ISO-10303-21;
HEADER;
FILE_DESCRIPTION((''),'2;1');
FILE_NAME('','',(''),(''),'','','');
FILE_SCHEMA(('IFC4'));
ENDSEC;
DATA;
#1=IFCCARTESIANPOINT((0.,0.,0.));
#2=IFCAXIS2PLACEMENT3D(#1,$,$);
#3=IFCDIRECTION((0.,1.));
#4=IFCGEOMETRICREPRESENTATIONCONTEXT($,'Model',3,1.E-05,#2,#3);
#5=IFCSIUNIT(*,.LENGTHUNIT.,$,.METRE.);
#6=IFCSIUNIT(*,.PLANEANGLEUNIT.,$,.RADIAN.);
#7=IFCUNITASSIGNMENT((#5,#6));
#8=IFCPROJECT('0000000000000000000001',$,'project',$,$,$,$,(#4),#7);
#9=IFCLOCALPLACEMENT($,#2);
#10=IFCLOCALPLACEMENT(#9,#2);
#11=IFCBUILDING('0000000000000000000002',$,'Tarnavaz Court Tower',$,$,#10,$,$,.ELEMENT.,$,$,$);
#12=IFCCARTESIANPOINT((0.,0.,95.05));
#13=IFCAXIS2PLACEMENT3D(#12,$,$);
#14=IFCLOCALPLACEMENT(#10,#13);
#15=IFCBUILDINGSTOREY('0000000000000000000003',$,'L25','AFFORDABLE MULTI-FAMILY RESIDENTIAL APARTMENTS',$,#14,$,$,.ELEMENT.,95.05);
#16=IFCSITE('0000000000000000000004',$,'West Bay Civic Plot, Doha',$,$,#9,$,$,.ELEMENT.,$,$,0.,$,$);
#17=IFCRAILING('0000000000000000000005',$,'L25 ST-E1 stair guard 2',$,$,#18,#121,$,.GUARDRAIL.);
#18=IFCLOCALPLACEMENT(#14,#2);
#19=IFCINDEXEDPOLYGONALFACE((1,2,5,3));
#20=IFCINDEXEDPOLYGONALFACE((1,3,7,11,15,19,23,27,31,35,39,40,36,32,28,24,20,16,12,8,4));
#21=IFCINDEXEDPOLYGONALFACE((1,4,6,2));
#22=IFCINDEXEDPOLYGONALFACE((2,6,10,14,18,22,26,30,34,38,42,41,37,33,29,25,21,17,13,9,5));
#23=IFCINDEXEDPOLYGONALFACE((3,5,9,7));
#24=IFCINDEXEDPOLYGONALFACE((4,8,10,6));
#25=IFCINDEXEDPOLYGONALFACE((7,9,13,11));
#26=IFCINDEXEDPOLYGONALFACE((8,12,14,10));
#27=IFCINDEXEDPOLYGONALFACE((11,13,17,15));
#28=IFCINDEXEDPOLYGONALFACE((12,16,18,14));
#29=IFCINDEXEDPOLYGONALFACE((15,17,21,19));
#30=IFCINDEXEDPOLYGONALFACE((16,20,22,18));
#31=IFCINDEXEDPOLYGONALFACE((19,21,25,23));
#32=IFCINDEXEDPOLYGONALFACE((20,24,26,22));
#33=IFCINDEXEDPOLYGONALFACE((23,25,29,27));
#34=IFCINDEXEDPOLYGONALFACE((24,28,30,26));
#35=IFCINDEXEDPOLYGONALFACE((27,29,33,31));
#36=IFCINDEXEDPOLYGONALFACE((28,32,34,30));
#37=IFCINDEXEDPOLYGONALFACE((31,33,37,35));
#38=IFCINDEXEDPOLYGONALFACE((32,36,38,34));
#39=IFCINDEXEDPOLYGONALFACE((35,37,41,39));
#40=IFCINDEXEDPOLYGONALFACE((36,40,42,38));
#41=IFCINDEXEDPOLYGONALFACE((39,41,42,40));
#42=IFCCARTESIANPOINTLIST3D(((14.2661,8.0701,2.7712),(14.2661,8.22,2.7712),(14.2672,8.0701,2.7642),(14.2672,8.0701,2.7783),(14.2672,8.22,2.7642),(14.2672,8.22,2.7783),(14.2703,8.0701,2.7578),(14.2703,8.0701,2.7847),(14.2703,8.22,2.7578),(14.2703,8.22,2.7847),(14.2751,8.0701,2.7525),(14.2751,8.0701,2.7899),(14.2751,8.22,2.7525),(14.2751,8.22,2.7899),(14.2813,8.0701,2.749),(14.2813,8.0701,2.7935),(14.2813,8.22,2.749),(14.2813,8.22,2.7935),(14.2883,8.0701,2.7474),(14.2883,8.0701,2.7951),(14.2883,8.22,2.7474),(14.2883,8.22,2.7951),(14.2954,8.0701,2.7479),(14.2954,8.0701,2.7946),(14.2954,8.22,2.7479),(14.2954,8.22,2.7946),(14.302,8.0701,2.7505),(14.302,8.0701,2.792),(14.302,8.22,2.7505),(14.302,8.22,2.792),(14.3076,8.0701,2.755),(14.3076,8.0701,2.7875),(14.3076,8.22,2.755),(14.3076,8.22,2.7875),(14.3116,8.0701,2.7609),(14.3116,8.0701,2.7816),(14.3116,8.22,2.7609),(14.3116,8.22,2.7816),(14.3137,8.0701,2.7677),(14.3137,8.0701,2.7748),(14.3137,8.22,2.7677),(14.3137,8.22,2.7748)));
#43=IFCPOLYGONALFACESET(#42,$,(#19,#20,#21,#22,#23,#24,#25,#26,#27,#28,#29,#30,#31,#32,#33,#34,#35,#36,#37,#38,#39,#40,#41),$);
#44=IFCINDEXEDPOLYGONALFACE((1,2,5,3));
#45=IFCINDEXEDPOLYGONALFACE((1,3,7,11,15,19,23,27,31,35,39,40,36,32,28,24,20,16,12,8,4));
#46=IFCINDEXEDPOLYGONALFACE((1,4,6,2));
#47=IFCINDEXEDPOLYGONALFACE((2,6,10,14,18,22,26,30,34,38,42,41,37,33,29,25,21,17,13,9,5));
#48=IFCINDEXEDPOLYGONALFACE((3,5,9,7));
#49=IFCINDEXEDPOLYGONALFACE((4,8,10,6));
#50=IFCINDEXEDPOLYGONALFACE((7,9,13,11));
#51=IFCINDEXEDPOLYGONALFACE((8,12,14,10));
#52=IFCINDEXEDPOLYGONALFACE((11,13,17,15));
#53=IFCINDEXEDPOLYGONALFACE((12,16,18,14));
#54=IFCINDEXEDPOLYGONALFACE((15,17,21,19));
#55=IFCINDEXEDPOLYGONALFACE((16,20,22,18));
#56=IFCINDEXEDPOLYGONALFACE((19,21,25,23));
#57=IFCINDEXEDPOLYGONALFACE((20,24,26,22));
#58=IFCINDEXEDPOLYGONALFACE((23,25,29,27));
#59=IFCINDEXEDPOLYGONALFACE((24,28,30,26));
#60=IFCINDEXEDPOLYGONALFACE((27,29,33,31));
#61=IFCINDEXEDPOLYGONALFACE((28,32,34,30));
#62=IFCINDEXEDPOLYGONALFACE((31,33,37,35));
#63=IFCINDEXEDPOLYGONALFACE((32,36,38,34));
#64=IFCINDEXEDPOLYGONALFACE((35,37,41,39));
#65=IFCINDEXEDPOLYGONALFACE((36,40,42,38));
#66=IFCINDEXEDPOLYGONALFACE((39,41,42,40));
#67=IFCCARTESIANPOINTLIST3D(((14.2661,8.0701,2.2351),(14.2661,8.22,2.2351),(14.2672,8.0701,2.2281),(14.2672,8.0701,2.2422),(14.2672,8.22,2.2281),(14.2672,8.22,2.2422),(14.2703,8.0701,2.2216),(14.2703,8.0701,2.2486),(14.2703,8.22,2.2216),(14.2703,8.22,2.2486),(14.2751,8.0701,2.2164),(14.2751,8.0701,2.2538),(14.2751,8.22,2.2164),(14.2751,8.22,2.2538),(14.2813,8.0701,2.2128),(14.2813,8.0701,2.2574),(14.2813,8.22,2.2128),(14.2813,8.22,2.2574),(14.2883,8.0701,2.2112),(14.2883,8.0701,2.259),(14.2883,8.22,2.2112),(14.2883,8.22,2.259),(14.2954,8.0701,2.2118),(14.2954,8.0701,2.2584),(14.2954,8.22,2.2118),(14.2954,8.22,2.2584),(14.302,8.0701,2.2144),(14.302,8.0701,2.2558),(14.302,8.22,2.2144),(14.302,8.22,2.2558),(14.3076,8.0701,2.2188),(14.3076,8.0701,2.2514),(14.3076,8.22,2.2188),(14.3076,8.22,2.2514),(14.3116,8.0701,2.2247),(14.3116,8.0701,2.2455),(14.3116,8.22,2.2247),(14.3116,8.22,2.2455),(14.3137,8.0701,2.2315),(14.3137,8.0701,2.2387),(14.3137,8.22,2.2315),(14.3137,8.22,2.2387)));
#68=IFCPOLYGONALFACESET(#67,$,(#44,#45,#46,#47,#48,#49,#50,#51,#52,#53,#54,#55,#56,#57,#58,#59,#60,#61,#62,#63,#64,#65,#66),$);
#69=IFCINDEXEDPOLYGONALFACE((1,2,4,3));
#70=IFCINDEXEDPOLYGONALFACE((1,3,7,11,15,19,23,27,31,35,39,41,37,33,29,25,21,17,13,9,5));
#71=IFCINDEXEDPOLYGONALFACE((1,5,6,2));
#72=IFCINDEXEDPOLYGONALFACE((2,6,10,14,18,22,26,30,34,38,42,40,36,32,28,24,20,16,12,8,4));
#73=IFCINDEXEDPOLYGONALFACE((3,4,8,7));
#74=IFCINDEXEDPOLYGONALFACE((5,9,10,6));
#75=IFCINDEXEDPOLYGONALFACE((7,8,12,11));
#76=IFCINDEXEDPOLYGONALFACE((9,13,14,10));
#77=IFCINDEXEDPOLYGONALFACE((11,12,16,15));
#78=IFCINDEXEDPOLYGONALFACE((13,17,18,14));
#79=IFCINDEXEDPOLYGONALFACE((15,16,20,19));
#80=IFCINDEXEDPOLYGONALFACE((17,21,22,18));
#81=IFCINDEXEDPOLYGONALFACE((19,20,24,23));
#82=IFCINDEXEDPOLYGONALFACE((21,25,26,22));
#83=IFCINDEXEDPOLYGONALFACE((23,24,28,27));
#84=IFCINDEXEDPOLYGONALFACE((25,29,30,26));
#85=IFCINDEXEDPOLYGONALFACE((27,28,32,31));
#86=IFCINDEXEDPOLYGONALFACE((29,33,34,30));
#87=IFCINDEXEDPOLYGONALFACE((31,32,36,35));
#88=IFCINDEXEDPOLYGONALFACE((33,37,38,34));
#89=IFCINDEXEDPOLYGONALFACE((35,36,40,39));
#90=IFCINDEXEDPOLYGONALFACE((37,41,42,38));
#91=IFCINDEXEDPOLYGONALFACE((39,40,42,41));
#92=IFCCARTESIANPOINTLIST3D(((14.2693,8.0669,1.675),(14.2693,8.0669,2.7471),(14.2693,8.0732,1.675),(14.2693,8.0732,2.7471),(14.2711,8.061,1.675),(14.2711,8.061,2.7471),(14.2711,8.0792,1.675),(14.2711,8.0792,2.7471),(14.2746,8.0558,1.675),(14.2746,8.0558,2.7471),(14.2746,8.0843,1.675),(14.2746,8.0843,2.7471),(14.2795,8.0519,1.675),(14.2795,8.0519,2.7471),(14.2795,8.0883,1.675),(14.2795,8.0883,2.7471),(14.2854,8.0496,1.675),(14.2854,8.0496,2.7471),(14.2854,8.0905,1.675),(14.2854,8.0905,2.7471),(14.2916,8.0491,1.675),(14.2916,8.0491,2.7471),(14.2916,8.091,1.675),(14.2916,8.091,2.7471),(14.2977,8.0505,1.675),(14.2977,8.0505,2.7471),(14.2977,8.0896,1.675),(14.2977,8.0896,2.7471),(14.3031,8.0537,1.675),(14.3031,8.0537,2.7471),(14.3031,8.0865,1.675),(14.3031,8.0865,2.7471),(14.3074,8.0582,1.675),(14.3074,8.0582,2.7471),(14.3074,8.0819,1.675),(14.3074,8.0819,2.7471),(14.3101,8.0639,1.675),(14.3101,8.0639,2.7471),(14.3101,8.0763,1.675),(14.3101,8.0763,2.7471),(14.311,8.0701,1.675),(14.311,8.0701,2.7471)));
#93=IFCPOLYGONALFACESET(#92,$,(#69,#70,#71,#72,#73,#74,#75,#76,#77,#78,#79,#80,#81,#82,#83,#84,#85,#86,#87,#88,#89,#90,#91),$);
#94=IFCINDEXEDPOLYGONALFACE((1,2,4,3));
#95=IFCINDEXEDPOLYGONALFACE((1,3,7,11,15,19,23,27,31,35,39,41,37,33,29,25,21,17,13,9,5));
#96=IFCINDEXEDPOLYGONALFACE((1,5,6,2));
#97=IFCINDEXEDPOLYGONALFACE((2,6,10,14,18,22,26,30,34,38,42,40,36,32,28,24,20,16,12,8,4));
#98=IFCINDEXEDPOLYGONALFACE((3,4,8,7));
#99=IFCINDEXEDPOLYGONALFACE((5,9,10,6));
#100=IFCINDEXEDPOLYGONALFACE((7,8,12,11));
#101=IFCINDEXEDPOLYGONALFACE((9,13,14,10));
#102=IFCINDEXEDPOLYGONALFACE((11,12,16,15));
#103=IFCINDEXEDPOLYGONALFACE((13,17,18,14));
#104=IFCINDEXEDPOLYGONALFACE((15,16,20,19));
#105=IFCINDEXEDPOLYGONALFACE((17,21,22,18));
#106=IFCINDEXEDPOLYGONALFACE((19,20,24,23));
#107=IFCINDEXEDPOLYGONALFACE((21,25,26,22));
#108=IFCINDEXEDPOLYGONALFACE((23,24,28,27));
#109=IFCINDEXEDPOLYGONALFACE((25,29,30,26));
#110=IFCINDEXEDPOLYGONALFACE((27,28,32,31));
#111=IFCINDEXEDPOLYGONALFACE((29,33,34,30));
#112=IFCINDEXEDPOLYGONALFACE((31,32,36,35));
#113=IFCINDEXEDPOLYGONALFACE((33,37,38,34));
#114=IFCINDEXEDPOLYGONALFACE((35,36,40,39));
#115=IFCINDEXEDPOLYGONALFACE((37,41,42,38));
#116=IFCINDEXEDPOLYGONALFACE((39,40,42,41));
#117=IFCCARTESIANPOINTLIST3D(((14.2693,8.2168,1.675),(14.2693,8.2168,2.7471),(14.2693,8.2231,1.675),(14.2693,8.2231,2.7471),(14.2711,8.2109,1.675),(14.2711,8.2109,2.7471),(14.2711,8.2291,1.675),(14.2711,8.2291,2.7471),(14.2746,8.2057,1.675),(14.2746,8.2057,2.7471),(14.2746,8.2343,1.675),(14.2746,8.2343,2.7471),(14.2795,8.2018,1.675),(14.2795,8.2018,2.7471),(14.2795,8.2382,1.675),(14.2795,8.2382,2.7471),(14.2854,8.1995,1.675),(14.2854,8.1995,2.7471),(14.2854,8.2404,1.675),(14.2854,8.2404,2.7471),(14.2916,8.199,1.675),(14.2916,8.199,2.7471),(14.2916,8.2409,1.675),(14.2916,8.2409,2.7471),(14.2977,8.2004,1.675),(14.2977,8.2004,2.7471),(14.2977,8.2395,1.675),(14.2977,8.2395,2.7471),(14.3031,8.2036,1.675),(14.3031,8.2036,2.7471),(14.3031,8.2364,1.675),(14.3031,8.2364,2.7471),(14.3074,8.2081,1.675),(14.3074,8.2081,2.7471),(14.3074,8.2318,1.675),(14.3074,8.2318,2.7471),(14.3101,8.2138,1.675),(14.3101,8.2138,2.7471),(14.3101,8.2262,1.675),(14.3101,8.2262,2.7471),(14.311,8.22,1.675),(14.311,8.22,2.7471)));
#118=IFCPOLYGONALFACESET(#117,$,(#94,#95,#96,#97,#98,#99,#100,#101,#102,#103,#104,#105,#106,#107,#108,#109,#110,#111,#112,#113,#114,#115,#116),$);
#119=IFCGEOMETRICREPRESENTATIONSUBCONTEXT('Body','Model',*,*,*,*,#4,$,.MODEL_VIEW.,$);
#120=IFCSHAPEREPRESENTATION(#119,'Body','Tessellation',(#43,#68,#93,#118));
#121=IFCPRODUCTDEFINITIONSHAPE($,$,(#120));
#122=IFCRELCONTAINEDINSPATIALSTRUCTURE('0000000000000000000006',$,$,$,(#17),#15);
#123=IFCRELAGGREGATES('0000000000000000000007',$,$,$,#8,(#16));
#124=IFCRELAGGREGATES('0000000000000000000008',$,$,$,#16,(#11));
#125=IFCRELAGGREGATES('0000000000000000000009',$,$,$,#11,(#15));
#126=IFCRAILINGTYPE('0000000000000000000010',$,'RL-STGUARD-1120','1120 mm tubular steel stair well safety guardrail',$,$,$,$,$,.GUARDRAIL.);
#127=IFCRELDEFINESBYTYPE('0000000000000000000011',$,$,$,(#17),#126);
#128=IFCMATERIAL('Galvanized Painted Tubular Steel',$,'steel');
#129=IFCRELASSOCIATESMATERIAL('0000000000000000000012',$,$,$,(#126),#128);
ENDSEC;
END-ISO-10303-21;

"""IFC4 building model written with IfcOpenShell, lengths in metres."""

from ifc_helpers import new_model, si_unit, direction, frame, origin, origin_2d, place, context, subcontext, project, spatial, circle, extrude, material, type_object, element, save


model = new_model("IFC4")

# Units and contexts
model_context = context("Model", 3, precision=1e-05, world=origin(), true_north=direction((0.0, 1.0)))
body_context = subcontext(model_context, "Body", "Model", "MODEL_VIEW")
ifc_project = project(units=[si_unit("LENGTHUNIT", "METRE"), si_unit("PLANEANGLEUNIT", "RADIAN")], contexts=[model_context])

# Site, building, storey
site_placement = place(None, origin())
site = spatial("IfcSite", under=ifc_project, at=site_placement, Name="West Bay Civic Plot, Doha", CompositionType="ELEMENT", RefElevation=0.0)
building_placement = place(site_placement, origin())
building = spatial("IfcBuilding", under=site, at=building_placement, Name="Tarnavaz Court Tower", CompositionType="ELEMENT")
storey_placement = place(building_placement, frame((0.0, 0.0, 95.05)))
storey = spatial("IfcBuildingStorey", under=building, at=storey_placement, Name="L25", Description="AFFORDABLE MULTI-FAMILY RESIDENTIAL APARTMENTS", CompositionType="ELEMENT", Elevation=95.05)

# Railing
ifc_material_1 = material(Name="Galvanized Painted Tubular Steel", Category="steel")
railing_type_1 = type_object("IfcRailingType", Name="RL-STGUARD-1120", Description="1120 mm tubular steel stair well safety guardrail", PredefinedType="GUARDRAIL", material=ifc_material_1)
railing_1_placement = place(storey_placement, frame((14.29, 8.0701, 1.675)))
element("IfcRailing", 1, at=railing_1_placement, inside=storey, type_object=railing_type_1, Name="L25 ST-E1 stair guard 2", PredefinedType="GUARDRAIL", context=body_context, shape_type="SweptSolid", body=[
    extrude(circle(Radius=0.0239, at=origin_2d()), frame((0.0, 0.0, 1.0962), z_axis=(0.0, 1.0, 0.0), x_axis=(-1.0, 0.0, 0.0)), (0.0, 0.0, 1.0), 0.1499),
    extrude(circle(Radius=0.0239, at=origin_2d()), frame((0.0, 0.0, 0.5601), z_axis=(0.0, 1.0, 0.0), x_axis=(-1.0, 0.0, 0.0)), (0.0, 0.0, 1.0), 0.1499),
    extrude(circle(Radius=0.021, at=origin_2d()), origin(), (0.0, 0.0, 1.0), 1.072),
    extrude(circle(Radius=0.021, at=origin_2d()), frame((0.0, 0.1499, 0.0)), (0.0, 0.0, 1.0), 1.072),
])

save(model, "model.ifc")
